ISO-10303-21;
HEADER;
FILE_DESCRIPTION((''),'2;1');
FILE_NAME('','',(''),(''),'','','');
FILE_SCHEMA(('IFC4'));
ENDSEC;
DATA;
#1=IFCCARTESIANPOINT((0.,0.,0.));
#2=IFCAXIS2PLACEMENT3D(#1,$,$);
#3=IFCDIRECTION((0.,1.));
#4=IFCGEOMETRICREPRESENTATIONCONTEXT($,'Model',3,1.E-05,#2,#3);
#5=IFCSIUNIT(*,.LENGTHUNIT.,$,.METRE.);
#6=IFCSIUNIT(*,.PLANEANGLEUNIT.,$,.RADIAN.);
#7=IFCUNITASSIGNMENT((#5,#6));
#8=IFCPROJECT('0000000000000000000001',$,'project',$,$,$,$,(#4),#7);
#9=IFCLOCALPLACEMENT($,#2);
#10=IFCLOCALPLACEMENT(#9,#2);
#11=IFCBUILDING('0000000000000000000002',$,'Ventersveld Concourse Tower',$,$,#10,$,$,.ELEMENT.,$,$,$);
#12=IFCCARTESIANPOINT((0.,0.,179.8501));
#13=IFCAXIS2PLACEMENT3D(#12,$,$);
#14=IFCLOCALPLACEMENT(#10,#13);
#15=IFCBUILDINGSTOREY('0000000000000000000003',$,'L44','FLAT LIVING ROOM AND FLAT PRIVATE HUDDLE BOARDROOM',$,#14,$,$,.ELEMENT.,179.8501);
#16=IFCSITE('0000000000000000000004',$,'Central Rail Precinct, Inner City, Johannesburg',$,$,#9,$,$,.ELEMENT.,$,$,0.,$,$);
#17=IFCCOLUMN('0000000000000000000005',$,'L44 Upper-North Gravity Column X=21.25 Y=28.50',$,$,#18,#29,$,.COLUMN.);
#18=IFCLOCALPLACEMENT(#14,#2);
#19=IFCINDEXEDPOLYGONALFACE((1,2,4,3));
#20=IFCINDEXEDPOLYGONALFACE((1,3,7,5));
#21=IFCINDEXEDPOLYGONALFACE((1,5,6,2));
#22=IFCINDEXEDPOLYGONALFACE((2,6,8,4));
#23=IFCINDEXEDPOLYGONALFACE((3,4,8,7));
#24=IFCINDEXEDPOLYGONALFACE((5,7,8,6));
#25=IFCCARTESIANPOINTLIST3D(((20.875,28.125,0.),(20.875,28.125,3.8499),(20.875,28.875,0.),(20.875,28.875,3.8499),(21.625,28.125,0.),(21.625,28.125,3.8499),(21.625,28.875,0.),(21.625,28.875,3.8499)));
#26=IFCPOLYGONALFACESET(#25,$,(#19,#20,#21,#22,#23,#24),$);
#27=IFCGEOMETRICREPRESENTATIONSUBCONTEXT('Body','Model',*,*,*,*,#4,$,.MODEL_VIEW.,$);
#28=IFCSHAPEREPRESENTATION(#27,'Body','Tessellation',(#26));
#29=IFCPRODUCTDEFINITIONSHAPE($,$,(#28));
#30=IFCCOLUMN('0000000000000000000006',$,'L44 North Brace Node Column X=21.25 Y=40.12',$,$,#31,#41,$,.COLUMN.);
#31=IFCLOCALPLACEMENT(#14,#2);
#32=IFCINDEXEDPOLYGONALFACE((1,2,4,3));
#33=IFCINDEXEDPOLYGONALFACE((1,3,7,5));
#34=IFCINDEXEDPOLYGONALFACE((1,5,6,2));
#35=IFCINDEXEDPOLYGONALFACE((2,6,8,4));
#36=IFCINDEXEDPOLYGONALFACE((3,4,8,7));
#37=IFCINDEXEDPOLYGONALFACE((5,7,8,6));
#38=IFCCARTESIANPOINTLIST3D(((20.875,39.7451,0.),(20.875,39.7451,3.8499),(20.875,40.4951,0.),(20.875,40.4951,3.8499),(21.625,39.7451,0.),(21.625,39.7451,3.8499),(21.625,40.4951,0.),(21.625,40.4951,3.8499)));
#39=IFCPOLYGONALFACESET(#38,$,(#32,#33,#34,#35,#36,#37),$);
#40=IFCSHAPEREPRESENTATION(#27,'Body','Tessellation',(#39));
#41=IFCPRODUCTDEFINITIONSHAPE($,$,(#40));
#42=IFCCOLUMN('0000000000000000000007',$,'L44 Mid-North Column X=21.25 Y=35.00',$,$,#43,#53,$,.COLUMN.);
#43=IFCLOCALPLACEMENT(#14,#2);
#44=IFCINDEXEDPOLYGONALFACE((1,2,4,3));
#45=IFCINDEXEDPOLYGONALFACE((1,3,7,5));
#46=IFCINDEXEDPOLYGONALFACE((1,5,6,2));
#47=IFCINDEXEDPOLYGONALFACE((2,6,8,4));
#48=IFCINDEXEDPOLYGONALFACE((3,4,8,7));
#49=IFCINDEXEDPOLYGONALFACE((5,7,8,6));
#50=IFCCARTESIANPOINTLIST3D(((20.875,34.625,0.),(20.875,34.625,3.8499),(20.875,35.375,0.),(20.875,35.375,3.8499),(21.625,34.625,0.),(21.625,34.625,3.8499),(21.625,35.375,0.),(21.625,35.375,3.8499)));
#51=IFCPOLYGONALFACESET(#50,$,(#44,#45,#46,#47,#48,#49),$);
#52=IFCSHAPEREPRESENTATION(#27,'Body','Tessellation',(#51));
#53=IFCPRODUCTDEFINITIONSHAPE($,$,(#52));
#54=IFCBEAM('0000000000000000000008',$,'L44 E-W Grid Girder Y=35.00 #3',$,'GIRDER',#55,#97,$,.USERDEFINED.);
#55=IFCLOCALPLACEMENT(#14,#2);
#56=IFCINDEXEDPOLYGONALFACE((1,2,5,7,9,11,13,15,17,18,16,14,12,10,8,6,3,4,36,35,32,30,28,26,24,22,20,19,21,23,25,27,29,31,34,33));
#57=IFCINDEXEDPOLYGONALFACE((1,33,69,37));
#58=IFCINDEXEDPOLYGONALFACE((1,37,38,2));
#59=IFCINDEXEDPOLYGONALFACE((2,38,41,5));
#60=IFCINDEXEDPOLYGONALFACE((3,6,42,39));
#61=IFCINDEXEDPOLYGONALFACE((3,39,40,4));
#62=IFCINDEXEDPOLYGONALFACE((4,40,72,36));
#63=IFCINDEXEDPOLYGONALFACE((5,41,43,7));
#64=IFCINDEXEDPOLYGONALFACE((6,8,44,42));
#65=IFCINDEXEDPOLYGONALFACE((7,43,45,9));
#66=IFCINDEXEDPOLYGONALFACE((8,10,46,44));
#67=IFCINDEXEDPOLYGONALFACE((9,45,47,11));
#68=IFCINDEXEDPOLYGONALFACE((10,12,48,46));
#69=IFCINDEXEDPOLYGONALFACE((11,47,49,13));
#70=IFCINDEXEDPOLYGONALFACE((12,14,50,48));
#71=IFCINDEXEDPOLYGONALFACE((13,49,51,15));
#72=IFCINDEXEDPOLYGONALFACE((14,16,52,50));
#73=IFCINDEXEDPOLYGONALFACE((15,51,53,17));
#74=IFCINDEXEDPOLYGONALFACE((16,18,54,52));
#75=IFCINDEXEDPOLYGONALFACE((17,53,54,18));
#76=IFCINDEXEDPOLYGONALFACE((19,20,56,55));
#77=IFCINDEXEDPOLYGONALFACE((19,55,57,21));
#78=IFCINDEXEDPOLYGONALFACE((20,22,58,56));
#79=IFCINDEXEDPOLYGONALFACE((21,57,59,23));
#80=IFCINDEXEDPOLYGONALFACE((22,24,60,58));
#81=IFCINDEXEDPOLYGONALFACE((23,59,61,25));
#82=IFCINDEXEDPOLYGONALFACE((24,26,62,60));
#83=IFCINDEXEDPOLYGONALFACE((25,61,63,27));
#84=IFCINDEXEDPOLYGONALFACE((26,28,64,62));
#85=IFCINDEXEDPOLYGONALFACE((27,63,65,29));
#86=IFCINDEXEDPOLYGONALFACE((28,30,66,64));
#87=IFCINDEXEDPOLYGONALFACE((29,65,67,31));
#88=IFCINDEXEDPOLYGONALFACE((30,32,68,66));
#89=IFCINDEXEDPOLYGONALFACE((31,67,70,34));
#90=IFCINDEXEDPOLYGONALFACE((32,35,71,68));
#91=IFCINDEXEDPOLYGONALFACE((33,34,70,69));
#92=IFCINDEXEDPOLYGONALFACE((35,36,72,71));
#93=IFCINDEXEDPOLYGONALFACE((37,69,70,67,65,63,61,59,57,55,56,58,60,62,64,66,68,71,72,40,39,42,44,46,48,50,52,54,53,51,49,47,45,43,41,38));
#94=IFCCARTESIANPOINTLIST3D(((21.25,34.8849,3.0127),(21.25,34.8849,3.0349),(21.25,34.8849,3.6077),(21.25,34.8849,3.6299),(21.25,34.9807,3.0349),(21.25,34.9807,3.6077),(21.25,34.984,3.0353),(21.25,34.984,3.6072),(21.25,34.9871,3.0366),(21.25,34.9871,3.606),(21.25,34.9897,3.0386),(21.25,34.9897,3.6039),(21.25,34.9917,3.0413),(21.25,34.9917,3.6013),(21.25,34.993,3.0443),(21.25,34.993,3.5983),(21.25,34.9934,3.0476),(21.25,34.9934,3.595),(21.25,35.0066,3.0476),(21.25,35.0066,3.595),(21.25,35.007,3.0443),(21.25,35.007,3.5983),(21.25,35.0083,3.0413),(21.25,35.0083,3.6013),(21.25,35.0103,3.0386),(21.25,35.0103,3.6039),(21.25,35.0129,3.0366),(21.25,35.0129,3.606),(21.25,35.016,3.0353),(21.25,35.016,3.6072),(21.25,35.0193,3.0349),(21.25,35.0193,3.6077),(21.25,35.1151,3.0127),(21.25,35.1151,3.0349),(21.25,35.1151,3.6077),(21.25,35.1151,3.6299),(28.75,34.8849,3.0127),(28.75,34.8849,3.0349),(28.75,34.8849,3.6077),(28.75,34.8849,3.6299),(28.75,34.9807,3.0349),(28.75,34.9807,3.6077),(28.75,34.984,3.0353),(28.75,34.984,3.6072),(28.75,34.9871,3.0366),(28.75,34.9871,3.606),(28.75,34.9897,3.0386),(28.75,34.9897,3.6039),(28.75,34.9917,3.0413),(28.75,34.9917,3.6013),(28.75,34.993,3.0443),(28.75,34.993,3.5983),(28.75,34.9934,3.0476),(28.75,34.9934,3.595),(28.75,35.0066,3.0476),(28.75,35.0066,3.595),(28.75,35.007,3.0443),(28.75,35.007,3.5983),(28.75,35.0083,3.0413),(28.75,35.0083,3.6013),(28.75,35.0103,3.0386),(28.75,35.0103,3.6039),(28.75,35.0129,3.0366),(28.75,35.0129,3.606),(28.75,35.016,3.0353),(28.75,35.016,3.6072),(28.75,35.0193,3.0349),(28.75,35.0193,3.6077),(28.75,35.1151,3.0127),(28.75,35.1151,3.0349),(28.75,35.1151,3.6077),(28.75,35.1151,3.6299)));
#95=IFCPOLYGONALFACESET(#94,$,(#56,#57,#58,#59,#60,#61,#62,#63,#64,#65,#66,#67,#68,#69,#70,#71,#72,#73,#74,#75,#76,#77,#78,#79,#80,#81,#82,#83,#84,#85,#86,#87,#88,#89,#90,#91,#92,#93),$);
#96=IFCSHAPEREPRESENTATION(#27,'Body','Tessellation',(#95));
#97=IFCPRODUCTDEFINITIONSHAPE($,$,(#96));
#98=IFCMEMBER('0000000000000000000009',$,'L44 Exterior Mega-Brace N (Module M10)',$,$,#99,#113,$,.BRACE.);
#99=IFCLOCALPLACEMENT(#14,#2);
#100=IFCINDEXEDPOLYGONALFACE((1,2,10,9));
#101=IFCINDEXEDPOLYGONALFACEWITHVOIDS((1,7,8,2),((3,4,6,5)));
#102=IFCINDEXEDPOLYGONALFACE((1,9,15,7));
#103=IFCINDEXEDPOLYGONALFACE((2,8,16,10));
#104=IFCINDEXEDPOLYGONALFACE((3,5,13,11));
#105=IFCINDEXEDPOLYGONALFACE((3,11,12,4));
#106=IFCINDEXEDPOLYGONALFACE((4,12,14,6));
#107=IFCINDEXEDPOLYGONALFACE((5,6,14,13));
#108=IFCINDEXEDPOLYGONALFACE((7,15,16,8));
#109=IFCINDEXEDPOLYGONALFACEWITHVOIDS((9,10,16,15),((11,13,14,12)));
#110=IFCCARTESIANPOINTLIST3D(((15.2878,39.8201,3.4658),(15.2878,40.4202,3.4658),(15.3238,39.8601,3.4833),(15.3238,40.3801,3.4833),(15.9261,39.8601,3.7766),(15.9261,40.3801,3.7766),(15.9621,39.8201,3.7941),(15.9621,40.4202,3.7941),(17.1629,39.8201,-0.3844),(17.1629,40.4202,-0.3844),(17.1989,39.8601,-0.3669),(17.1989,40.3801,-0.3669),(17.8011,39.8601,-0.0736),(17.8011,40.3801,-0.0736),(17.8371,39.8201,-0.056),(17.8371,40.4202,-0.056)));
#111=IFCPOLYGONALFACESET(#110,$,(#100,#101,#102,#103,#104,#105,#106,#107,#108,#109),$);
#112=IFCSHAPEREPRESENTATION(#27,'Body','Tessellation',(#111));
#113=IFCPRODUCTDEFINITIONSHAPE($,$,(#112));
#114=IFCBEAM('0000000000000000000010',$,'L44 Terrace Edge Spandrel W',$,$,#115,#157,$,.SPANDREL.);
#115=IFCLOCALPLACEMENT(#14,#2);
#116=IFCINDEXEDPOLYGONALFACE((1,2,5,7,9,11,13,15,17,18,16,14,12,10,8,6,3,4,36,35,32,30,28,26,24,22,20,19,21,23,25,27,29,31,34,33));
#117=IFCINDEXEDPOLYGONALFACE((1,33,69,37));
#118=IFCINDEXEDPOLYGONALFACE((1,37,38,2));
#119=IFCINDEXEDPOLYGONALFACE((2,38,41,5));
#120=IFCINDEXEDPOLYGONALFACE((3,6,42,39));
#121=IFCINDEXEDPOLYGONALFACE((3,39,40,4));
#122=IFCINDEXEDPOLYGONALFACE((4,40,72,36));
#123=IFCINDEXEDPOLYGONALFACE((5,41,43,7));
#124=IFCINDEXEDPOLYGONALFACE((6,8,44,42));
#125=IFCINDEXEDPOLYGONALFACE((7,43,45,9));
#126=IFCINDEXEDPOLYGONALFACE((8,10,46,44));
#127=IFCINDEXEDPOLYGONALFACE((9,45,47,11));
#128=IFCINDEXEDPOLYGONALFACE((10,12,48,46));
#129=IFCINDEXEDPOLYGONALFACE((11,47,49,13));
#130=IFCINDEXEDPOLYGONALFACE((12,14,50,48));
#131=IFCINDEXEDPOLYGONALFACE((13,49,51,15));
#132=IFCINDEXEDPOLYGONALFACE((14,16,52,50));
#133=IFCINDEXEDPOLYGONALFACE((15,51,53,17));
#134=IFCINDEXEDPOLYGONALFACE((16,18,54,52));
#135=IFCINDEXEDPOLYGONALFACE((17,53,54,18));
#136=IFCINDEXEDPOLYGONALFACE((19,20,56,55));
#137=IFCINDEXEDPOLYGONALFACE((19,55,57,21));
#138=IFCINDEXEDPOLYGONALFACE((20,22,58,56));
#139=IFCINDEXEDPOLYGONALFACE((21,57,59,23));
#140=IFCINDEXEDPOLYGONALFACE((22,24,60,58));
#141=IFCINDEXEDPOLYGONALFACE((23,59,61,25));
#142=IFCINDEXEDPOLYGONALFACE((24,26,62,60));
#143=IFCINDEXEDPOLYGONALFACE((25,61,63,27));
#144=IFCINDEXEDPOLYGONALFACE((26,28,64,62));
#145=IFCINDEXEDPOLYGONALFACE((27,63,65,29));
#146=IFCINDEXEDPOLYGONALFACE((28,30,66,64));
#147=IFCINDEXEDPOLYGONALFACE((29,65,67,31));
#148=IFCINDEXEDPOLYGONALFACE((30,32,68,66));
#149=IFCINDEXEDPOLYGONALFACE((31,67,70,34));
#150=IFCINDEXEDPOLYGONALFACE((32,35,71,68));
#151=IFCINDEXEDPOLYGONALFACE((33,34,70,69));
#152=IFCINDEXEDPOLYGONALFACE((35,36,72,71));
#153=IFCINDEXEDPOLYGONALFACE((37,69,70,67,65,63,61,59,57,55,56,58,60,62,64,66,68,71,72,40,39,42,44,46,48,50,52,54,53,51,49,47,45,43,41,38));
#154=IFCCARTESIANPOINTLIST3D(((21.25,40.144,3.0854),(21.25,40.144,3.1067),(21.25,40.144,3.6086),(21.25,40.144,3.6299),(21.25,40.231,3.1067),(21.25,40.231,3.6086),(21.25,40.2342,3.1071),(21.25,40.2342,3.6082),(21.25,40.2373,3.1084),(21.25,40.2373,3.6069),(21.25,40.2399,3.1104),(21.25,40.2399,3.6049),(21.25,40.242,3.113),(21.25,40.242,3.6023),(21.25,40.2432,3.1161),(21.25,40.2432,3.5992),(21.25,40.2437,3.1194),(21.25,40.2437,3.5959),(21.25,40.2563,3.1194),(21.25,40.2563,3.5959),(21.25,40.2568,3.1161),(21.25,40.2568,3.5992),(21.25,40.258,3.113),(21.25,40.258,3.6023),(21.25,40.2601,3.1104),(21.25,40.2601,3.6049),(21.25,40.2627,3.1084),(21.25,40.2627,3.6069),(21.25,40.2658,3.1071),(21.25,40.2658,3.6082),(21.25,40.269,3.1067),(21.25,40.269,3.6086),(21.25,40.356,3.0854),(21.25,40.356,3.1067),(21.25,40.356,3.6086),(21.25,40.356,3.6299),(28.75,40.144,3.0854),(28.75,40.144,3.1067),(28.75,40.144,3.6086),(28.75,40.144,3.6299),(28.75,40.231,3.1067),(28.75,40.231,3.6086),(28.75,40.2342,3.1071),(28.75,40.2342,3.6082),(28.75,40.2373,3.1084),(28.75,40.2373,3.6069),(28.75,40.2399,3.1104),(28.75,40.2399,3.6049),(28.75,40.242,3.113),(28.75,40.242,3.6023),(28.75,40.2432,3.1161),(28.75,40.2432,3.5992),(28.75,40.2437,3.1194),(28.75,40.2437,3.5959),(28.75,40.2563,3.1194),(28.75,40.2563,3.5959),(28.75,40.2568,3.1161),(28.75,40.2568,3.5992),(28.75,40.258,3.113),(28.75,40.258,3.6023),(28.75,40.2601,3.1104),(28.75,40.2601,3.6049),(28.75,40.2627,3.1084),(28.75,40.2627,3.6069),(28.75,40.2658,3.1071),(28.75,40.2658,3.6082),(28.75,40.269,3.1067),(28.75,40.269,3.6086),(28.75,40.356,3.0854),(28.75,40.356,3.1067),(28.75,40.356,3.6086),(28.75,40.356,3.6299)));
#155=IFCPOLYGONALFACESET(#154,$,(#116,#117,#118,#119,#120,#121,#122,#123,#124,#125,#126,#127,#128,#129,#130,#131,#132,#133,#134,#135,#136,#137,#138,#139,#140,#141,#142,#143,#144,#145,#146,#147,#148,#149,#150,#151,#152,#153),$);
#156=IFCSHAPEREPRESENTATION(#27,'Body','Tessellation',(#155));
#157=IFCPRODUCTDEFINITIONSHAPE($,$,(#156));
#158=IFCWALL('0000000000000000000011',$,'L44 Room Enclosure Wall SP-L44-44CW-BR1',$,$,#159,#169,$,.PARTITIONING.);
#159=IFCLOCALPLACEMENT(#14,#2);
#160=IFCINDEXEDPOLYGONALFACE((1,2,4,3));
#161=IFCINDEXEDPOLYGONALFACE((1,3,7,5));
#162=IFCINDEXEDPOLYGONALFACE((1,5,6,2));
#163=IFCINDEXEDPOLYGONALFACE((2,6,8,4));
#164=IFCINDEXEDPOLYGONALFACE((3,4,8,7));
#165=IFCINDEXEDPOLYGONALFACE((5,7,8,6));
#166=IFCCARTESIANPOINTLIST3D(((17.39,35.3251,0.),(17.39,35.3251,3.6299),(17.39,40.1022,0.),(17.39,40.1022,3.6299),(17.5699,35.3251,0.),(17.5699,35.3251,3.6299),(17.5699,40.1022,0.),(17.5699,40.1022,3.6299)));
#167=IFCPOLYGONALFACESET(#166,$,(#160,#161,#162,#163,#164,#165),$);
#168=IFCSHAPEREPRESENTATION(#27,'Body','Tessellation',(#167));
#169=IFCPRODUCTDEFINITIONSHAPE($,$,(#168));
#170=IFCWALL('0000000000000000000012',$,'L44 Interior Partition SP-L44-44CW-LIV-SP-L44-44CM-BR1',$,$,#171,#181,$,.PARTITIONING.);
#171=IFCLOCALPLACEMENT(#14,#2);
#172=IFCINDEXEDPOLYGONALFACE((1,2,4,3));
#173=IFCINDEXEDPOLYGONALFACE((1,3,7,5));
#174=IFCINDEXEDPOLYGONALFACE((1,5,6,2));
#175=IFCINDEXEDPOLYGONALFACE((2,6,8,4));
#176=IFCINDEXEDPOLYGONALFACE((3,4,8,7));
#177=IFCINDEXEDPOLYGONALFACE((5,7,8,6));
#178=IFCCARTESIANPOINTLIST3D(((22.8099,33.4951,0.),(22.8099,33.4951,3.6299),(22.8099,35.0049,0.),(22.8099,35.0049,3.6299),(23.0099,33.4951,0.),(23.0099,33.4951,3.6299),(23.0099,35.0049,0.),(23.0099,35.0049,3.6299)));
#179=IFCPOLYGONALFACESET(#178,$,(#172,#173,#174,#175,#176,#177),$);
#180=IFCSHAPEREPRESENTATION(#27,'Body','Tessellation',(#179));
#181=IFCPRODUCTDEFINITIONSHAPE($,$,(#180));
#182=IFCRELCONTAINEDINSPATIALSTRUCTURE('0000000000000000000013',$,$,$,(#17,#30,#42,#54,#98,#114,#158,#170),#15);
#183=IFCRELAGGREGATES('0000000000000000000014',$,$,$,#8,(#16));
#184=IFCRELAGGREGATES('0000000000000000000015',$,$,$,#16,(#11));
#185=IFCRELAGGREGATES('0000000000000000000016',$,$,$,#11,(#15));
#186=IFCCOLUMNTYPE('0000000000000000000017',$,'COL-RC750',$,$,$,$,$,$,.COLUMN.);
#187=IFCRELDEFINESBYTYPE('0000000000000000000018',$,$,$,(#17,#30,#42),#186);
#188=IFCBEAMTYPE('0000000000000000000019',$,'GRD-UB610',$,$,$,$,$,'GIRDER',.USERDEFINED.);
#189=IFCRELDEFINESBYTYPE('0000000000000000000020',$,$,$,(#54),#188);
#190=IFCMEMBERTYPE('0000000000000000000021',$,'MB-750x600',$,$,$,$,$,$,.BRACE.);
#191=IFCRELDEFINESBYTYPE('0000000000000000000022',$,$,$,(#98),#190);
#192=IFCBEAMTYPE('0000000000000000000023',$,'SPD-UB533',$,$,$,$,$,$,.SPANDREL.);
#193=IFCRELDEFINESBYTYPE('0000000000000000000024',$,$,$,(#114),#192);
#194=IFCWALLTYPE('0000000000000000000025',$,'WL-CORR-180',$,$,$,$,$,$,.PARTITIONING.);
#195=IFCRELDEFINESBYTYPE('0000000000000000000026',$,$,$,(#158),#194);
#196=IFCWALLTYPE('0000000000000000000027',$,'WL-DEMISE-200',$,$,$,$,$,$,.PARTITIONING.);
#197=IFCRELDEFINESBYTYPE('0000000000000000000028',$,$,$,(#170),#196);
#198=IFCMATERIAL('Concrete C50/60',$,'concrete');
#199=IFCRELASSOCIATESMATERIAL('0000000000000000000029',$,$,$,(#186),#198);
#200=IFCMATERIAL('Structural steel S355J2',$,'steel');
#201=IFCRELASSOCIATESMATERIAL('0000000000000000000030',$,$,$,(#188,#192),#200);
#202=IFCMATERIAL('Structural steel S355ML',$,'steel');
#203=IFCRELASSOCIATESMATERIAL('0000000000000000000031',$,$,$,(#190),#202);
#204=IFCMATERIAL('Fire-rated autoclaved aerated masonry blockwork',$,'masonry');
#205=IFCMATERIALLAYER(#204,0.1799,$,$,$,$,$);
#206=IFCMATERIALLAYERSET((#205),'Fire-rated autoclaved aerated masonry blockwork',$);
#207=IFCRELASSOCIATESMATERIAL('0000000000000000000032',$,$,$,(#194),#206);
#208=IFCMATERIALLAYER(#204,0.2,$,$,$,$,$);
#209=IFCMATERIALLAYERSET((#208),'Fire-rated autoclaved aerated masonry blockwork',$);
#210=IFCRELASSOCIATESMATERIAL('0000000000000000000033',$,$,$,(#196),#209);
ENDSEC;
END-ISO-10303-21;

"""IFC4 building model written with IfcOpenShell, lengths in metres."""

from ifc_helpers import new_model, si_unit, direction, frame, frame_2d, origin, origin_2d, place, context, subcontext, project, spatial, rectangle, hollow_rectangle, i_section, extrude, material, layer, layer_set, material_profile, profile_set, type_object, element, save


model = new_model("IFC4")

# Units and contexts
model_context = context("Model", 3, precision=1e-05, world=origin(), true_north=direction((0.0, 1.0)))
body_context = subcontext(model_context, "Body", "Model", "MODEL_VIEW")
ifc_project = project(units=[si_unit("LENGTHUNIT", "METRE"), si_unit("PLANEANGLEUNIT", "RADIAN")], contexts=[model_context])

# Site, building, storey
site_placement = place(None, origin())
site = spatial("IfcSite", under=ifc_project, at=site_placement, Name="Central Rail Precinct, Inner City, Johannesburg", CompositionType="ELEMENT", RefElevation=0.0)
building_placement = place(site_placement, origin())
building = spatial("IfcBuilding", under=site, at=building_placement, Name="Ventersveld Concourse Tower", CompositionType="ELEMENT")
storey_placement = place(building_placement, frame((0.0, 0.0, 179.8501)))
storey = spatial("IfcBuildingStorey", under=building, at=storey_placement, Name="L44", Description="FLAT LIVING ROOM AND FLAT PRIVATE HUDDLE BOARDROOM", CompositionType="ELEMENT", Elevation=179.8501)

# Columns
ifc_material_1 = material(Name="Concrete C50/60", Category="concrete")
ifc_material_profile_1 = material_profile(ifc_material_1, rectangle(XDim=0.75, YDim=0.75, at=origin_2d()), Name="RC 750x750")
ifc_profile_set_1 = profile_set([ifc_material_profile_1], Name="Concrete C50/60")
column_type = type_object("IfcColumnType", Name="COL-RC750", PredefinedType="COLUMN", material=ifc_profile_set_1)
for number, where, z_axis, x_axis, name in (
    (1, (21.25, 28.5, 0.0), (0.0, 0.0, 1.0), (1.0, 0.0, 0.0), "L44 Upper-North Gravity Column X=21.25 Y=28.50"),
    (2, (21.25, 40.1201, 0.0), (0.0, 0.0, 1.0), (1.0, 0.0, 0.0), "L44 North Brace Node Column X=21.25 Y=40.12"),
    (3, (21.25, 35.0, 0.0), (0.0, 0.0, 1.0), (1.0, 0.0, 0.0), "L44 Mid-North Column X=21.25 Y=35.00"),
):
    element("IfcColumn", number, at=place(storey_placement, frame(where, z_axis=z_axis, x_axis=x_axis)), inside=storey, type_object=column_type, Name=name, PredefinedType="COLUMN", context=body_context, shape_type="SweptSolid", body=[
        extrude(rectangle(XDim=0.75, YDim=0.75, at=origin_2d()), origin(), (0.0, 0.0, 1.0), 3.8499),
    ])

# Beam
ifc_material_2 = material(Name="Structural steel S355J2", Category="steel")
ifc_material_profile_2 = material_profile(ifc_material_2, i_section(OverallWidth=0.2302, OverallDepth=0.6172, WebThickness=0.0132, FlangeThickness=0.0222, FilletRadius=0.0127, at=origin_2d()), Name="UB 610x229x140")
ifc_profile_set_2 = profile_set([ifc_material_profile_2], Name="Structural steel S355J2")
beam_type_1 = type_object("IfcBeamType", Name="GRD-UB610", ElementType="GIRDER", PredefinedType="USERDEFINED", material=ifc_profile_set_2)
beam_1_placement = place(storey_placement, frame((21.25, 35.0, 3.3213), z_axis=(1.0, 0.0, 0.0), x_axis=(0.0, 1.0, 0.0)))
element("IfcBeam", 4, at=beam_1_placement, inside=storey, type_object=beam_type_1, Name="L44 E-W Grid Girder Y=35.00 #3", ObjectType="GIRDER", PredefinedType="USERDEFINED", context=body_context, shape_type="SweptSolid", body=[
    extrude(i_section(OverallWidth=0.2302, OverallDepth=0.6172, WebThickness=0.0132, FlangeThickness=0.0222, FilletRadius=0.0127, at=origin_2d()), origin(), (0.0, 0.0, 1.0), 7.5),
])

# Member
ifc_material_3 = material(Name="Structural steel S355ML", Category="steel")
ifc_material_profile_3 = material_profile(ifc_material_3, hollow_rectangle(XDim=0.6001, YDim=0.75, WallThickness=0.04, at=origin_2d()), Name="BOX 750x600x40")
ifc_profile_set_3 = profile_set([ifc_material_profile_3], Name="Structural steel S355ML")
member_type = type_object("IfcMemberType", Name="MB-750x600", PredefinedType="BRACE", material=ifc_profile_set_3)
member_placement = place(storey_placement, frame((17.5, 40.1201, -0.2202), z_axis=(-0.437839, 0.0, 0.899053), x_axis=(0.0, -1.0, 0.0)))
element("IfcMember", 5, at=member_placement, inside=storey, type_object=member_type, Name="L44 Exterior Mega-Brace N (Module M10)", PredefinedType="BRACE", context=body_context, shape_type="SweptSolid", body=[
    extrude(hollow_rectangle(XDim=0.6001, YDim=0.75, WallThickness=0.04, at=origin_2d()), origin(), (0.0, 0.0, 1.0), 4.2825),
])

# Beam
ifc_material_profile_4 = material_profile(ifc_material_2, i_section(OverallWidth=0.2119, OverallDepth=0.5444, WebThickness=0.0127, FlangeThickness=0.0212, FilletRadius=0.0127, at=origin_2d()), Name="UB 533x210x122")
ifc_profile_set_4 = profile_set([ifc_material_profile_4], Name="Structural steel S355J2")
beam_type_2 = type_object("IfcBeamType", Name="SPD-UB533", PredefinedType="SPANDREL", material=ifc_profile_set_4)
beam_2_placement = place(storey_placement, frame((21.25, 40.25, 3.3577), z_axis=(1.0, 0.0, 0.0), x_axis=(0.0, 1.0, 0.0)))
element("IfcBeam", 6, at=beam_2_placement, inside=storey, type_object=beam_type_2, Name="L44 Terrace Edge Spandrel W", PredefinedType="SPANDREL", context=body_context, shape_type="SweptSolid", body=[
    extrude(i_section(OverallWidth=0.2119, OverallDepth=0.5444, WebThickness=0.0127, FlangeThickness=0.0212, FilletRadius=0.0127, at=origin_2d()), origin(), (0.0, 0.0, 1.0), 7.5),
])

# Walls
ifc_material_4 = material(Name="Fire-rated autoclaved aerated masonry blockwork", Category="masonry")
ifc_layer_1 = layer(ifc_material_4, 0.1799)
ifc_layer_set_1 = layer_set([ifc_layer_1], Name="Fire-rated autoclaved aerated masonry blockwork")
wall_type_1 = type_object("IfcWallType", Name="WL-CORR-180", PredefinedType="PARTITIONING", material=ifc_layer_set_1)
wall_1_placement = place(storey_placement, frame((17.48, 35.325, 0.0), z_axis=(0.0, 0.0, 1.0), x_axis=(0.0, 1.0, 0.0)))
element("IfcWall", 7, at=wall_1_placement, inside=storey, type_object=wall_type_1, Name="L44 Room Enclosure Wall SP-L44-44CW-BR1", PredefinedType="PARTITIONING", context=body_context, shape_type="SweptSolid", body=[
    extrude(rectangle(XDim=4.7771, YDim=0.1799, at=frame_2d((2.3887, 0.0))), origin(), (0.0, 0.0, 1.0), 3.6299),
])
ifc_layer_2 = layer(ifc_material_4, 0.2)
ifc_layer_set_2 = layer_set([ifc_layer_2], Name="Fire-rated autoclaved aerated masonry blockwork")
wall_type_2 = type_object("IfcWallType", Name="WL-DEMISE-200", PredefinedType="PARTITIONING", material=ifc_layer_set_2)
wall_2_placement = place(storey_placement, frame((22.9099, 33.4951, 0.0), z_axis=(0.0, 0.0, 1.0), x_axis=(0.0, 1.0, 0.0)))
element("IfcWall", 8, at=wall_2_placement, inside=storey, type_object=wall_type_2, Name="L44 Interior Partition SP-L44-44CW-LIV-SP-L44-44CM-BR1", PredefinedType="PARTITIONING", context=body_context, shape_type="SweptSolid", body=[
    extrude(rectangle(XDim=1.5098, YDim=0.2, at=frame_2d((0.7549, 0.0))), origin(), (0.0, 0.0, 1.0), 3.6299),
])

save(model, "model.ifc")
